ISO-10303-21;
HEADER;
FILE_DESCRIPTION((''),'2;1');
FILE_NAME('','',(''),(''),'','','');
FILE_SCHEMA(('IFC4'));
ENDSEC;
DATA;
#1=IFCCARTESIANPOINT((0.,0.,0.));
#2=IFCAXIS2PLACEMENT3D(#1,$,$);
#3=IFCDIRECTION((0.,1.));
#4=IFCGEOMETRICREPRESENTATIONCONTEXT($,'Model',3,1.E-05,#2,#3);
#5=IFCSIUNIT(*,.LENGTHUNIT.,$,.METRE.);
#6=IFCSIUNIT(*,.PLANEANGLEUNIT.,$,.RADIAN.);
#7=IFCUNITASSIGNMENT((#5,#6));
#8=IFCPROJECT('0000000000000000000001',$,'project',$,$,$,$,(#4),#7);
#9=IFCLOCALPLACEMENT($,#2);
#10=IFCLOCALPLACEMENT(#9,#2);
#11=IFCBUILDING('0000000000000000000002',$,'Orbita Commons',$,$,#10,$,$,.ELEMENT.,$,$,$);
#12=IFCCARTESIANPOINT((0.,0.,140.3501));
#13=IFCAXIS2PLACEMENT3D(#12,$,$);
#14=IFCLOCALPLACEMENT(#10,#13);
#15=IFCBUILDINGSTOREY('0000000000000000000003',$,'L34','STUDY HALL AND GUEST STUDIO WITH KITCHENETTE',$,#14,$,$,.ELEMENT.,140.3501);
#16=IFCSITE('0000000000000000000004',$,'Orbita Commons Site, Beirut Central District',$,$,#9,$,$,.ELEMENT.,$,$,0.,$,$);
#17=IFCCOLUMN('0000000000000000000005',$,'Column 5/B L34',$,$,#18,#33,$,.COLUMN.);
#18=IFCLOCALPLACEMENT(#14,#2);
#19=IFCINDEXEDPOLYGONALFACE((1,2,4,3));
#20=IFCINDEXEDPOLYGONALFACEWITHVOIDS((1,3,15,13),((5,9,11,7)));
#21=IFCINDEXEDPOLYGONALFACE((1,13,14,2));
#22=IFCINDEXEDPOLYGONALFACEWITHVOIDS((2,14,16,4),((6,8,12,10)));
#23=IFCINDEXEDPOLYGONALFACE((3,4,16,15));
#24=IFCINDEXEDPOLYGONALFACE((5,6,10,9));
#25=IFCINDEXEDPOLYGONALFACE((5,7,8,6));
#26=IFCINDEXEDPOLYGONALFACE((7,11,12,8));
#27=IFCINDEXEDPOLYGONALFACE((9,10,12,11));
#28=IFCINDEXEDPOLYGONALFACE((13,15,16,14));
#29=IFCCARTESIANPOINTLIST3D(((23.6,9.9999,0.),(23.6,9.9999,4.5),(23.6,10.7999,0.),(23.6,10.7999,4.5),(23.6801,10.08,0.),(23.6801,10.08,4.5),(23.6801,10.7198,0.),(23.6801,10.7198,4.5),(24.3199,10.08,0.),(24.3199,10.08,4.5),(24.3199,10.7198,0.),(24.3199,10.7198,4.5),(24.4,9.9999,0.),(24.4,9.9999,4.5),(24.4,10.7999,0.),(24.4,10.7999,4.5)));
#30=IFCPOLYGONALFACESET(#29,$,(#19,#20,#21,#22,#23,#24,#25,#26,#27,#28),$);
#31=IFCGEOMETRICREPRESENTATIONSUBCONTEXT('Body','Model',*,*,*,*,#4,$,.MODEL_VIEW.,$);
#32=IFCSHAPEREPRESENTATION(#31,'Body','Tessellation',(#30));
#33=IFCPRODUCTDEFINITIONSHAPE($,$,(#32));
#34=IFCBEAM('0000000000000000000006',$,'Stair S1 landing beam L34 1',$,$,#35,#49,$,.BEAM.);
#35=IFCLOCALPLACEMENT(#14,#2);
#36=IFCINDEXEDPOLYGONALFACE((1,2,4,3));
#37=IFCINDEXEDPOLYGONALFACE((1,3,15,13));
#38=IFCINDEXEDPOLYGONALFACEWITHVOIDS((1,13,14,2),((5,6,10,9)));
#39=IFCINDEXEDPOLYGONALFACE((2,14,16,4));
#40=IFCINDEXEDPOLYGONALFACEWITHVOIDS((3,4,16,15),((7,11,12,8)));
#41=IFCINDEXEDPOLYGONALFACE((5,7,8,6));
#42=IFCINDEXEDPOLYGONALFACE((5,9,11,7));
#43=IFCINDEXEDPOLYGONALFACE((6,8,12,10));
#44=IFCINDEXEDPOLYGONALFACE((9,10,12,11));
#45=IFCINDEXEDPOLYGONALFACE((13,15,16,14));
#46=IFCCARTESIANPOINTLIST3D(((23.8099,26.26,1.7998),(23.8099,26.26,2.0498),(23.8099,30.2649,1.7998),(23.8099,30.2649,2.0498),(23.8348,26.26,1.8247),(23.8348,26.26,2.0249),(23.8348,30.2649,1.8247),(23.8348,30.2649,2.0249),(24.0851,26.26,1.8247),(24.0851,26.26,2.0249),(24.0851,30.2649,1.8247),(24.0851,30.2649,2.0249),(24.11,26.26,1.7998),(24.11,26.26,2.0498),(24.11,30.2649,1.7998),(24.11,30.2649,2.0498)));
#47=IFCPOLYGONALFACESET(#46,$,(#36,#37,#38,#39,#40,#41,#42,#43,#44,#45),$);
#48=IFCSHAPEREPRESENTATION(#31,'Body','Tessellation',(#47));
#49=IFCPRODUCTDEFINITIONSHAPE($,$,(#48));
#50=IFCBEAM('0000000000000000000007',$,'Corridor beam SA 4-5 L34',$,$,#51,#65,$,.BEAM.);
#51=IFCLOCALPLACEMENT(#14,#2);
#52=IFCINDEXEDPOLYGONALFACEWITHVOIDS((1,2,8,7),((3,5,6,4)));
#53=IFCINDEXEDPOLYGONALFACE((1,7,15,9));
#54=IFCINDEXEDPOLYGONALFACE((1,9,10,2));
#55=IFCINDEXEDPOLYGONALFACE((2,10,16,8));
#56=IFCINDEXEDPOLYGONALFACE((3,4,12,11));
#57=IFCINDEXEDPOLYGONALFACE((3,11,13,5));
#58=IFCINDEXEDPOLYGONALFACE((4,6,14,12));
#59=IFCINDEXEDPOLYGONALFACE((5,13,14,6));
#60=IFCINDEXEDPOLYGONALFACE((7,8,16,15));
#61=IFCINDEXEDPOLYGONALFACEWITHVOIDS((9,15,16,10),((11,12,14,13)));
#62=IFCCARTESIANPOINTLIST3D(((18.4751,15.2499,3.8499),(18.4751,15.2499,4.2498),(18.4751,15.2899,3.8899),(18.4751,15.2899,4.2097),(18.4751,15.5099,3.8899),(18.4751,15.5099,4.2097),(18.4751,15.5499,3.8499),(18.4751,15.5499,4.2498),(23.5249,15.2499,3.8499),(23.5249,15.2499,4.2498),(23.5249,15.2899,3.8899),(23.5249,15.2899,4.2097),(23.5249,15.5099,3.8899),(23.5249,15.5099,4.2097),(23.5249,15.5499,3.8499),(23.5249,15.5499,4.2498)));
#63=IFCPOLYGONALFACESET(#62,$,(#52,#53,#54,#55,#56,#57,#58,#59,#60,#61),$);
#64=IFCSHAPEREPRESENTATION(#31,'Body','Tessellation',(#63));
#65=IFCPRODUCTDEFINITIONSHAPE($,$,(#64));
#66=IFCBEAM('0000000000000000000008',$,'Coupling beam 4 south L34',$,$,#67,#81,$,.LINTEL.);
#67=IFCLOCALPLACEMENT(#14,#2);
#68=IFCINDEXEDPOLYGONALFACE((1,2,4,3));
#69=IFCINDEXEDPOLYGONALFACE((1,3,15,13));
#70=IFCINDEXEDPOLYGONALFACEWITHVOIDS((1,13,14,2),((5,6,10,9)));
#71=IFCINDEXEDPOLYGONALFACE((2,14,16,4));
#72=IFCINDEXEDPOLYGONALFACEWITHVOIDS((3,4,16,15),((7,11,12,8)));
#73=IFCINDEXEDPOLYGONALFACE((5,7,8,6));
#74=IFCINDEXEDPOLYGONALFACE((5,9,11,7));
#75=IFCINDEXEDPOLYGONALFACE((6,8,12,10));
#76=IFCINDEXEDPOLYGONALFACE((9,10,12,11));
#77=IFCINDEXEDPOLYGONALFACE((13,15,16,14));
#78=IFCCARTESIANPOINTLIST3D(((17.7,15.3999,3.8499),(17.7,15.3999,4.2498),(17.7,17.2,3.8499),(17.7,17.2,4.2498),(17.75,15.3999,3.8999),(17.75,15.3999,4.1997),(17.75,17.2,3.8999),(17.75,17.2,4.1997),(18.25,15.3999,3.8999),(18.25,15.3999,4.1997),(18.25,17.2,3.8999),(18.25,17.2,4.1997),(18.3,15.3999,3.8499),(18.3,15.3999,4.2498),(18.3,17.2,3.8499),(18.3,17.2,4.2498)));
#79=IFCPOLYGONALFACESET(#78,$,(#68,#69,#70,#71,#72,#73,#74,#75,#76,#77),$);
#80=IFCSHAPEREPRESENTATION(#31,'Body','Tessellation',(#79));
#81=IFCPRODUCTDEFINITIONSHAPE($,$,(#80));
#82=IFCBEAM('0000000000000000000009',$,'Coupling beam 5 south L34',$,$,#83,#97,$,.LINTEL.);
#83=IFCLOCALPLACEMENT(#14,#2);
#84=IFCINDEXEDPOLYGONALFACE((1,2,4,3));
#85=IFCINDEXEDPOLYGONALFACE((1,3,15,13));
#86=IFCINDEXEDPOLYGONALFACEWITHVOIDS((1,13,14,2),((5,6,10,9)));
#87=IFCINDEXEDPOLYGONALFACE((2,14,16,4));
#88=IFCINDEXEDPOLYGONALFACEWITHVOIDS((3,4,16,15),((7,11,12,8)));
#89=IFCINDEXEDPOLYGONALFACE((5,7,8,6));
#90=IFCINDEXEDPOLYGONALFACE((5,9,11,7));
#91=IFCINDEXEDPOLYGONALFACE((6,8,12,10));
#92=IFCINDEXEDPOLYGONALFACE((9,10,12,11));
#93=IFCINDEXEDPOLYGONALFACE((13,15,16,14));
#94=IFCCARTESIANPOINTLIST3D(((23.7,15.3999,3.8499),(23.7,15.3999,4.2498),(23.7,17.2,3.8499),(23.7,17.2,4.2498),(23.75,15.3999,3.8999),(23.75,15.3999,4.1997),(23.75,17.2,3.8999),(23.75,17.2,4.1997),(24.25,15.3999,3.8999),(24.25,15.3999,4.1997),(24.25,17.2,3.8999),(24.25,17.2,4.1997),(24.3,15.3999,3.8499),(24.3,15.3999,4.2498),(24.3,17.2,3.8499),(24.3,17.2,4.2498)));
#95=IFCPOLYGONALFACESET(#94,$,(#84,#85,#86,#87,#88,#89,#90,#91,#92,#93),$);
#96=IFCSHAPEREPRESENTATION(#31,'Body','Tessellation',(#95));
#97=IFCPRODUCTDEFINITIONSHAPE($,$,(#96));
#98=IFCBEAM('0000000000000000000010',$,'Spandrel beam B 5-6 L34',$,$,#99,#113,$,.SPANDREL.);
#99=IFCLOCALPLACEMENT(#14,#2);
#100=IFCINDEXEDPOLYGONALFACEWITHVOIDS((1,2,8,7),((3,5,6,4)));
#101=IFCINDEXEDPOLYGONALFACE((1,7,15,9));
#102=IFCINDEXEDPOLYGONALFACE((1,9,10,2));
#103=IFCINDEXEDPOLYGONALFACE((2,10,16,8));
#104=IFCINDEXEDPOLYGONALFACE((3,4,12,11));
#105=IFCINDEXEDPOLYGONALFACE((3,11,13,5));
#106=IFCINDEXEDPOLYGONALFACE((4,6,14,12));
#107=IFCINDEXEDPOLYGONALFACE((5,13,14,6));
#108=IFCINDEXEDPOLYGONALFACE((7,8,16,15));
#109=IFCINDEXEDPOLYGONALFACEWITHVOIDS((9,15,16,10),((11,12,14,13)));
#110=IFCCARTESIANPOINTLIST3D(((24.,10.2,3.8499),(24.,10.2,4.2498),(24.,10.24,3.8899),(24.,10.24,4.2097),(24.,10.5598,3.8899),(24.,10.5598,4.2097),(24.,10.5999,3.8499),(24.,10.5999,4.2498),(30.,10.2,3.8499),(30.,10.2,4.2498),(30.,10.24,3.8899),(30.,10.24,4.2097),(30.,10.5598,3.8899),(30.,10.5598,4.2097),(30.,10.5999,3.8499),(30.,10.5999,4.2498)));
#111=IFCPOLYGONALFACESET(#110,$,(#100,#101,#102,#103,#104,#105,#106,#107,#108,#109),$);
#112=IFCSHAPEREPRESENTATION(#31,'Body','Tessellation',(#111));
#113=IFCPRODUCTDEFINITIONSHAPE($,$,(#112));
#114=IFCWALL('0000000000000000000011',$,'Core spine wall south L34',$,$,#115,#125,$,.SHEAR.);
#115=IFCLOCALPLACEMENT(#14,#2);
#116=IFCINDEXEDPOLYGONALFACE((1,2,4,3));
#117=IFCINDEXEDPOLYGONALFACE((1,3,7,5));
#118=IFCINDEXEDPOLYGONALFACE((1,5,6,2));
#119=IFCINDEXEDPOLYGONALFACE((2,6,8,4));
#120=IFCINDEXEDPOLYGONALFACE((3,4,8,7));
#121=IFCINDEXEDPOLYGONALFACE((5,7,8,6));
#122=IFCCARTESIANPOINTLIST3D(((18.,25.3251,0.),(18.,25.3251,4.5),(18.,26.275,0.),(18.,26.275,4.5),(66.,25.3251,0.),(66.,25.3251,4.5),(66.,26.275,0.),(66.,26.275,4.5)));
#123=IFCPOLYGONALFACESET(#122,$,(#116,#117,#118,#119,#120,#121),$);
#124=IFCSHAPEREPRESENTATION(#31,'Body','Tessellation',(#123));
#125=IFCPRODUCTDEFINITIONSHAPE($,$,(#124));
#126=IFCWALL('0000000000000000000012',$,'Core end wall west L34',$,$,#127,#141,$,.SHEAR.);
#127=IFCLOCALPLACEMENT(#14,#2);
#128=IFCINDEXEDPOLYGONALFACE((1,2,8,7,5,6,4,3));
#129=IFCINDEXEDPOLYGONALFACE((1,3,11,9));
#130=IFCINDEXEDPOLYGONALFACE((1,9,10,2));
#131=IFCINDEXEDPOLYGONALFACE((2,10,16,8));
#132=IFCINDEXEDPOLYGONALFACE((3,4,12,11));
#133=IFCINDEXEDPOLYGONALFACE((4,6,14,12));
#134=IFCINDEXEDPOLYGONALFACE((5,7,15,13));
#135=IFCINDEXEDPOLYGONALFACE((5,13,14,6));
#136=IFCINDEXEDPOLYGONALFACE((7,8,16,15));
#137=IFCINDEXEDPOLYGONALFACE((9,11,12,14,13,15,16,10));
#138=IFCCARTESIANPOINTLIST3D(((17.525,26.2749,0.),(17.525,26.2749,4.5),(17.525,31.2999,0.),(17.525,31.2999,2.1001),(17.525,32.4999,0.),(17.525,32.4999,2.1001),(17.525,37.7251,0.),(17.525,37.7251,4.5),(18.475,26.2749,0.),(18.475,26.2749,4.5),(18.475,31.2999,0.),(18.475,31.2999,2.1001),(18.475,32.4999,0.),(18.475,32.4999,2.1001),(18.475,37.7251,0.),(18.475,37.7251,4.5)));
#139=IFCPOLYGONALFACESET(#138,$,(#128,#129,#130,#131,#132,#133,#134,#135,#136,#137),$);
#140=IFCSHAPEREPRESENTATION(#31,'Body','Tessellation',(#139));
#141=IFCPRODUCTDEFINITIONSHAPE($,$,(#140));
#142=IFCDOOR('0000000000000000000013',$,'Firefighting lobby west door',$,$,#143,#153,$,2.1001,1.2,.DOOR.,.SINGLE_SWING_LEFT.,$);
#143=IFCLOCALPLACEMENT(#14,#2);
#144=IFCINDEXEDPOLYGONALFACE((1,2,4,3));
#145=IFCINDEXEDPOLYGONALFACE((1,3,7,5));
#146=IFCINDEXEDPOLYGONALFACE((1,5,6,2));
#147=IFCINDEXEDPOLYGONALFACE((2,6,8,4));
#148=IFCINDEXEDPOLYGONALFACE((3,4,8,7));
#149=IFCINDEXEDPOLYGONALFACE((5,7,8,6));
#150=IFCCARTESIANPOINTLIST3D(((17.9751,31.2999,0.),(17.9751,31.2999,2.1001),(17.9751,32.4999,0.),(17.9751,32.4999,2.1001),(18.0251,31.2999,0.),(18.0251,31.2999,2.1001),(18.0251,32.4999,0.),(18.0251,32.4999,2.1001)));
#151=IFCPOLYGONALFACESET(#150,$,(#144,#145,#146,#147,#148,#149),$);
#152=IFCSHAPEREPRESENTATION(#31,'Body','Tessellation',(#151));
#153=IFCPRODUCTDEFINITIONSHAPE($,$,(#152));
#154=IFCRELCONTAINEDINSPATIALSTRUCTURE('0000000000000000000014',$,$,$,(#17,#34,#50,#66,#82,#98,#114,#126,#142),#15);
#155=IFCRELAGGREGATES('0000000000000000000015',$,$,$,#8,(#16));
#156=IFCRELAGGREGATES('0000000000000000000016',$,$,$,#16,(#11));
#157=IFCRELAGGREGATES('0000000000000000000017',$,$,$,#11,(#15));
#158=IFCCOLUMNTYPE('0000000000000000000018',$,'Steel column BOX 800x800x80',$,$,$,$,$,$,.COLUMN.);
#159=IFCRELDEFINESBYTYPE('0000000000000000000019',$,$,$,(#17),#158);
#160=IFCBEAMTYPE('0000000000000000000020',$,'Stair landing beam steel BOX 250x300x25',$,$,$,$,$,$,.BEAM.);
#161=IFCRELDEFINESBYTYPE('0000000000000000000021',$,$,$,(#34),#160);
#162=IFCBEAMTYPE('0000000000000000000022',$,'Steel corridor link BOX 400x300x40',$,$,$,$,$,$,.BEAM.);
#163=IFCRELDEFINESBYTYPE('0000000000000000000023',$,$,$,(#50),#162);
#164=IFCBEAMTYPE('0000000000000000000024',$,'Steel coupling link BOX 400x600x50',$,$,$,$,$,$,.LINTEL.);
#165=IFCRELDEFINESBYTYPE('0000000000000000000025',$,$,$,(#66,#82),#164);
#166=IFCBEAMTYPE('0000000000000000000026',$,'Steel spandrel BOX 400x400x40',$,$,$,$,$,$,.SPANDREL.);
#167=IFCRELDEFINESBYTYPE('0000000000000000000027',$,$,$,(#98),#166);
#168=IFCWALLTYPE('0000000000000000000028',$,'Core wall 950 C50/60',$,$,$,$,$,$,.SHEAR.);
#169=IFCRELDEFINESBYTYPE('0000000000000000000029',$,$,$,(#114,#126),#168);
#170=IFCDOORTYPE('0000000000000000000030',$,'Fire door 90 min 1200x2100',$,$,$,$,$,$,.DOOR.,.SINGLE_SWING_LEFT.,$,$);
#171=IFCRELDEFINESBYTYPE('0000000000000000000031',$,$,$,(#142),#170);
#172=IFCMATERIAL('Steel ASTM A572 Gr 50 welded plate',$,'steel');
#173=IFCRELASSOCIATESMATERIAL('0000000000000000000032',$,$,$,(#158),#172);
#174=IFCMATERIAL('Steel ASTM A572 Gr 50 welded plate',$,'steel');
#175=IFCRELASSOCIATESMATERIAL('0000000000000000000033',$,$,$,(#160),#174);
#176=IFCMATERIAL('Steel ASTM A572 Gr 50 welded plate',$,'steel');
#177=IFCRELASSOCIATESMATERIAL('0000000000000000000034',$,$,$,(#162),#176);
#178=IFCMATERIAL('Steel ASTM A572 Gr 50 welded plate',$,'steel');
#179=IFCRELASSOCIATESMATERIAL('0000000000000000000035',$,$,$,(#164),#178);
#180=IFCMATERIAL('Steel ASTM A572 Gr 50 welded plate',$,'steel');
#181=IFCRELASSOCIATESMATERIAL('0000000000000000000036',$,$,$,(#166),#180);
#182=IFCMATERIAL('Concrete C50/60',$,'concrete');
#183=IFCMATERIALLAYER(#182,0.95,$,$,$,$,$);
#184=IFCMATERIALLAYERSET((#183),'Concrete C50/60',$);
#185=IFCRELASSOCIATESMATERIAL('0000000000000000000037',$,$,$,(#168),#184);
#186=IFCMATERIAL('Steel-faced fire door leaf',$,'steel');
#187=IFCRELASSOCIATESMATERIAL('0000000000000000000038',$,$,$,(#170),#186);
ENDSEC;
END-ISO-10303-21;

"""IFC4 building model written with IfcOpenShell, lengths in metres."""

from ifc_helpers import new_model, si_unit, direction, frame, frame_2d, origin, origin_2d, place, context, subcontext, project, spatial, rectangle, hollow_rectangle, extrude, material, layer, layer_set, material_profile, profile_set, type_object, element, fill, save


model = new_model("IFC4")

# Units and contexts
model_context = context("Model", 3, precision=1e-05, world=origin(), true_north=direction((0.0, 1.0)))
body_context = subcontext(model_context, "Body", "Model", "MODEL_VIEW")
ifc_project = project(units=[si_unit("LENGTHUNIT", "METRE"), si_unit("PLANEANGLEUNIT", "RADIAN")], contexts=[model_context])

# Site, building, storey
site_placement = place(None, origin())
site = spatial("IfcSite", under=ifc_project, at=site_placement, Name="Orbita Commons Site, Beirut Central District", CompositionType="ELEMENT", RefElevation=0.0)
building_placement = place(site_placement, origin())
building = spatial("IfcBuilding", under=site, at=building_placement, Name="Orbita Commons", CompositionType="ELEMENT")
storey_placement = place(building_placement, frame((0.0, 0.0, 140.3501)))
storey = spatial("IfcBuildingStorey", under=building, at=storey_placement, Name="L34", Description="STUDY HALL AND GUEST STUDIO WITH KITCHENETTE", CompositionType="ELEMENT", Elevation=140.3501)

# Column
ifc_material_1 = material(Name="Steel ASTM A572 Gr 50 welded plate", Category="steel")
ifc_material_profile_1 = material_profile(ifc_material_1, hollow_rectangle(XDim=0.8, YDim=0.8, WallThickness=0.0801, at=origin_2d()), Name="BOX 800x800x80")
ifc_profile_set_1 = profile_set([ifc_material_profile_1], Name="Steel ASTM A572 Gr 50 welded plate")
column_type = type_object("IfcColumnType", Name="Steel column BOX 800x800x80", PredefinedType="COLUMN", material=ifc_profile_set_1)
column_placement = place(storey_placement, frame((24.0, 10.3999, 0.0), z_axis=(0.0, 0.0, 1.0), x_axis=(1.0, 0.0, 0.0)))
element("IfcColumn", 1, at=column_placement, inside=storey, type_object=column_type, Name="Column 5/B L34", PredefinedType="COLUMN", context=body_context, shape_type="SweptSolid", body=[
    extrude(hollow_rectangle(XDim=0.8, YDim=0.8, WallThickness=0.0801, at=origin_2d()), origin(), (0.0, 0.0, 1.0), 4.5),
])

# Beams
ifc_material_2 = material(Name="Steel ASTM A572 Gr 50 welded plate", Category="steel")
ifc_material_profile_2 = material_profile(ifc_material_2, hollow_rectangle(XDim=0.3, YDim=0.25, WallThickness=0.0249, at=origin_2d()), Name="BOX 250x300x25")
ifc_profile_set_2 = profile_set([ifc_material_profile_2], Name="Steel ASTM A572 Gr 50 welded plate")
beam_type_1 = type_object("IfcBeamType", Name="Stair landing beam steel BOX 250x300x25", PredefinedType="BEAM", material=ifc_profile_set_2)
beam_1_placement = place(storey_placement, frame((23.96, 26.26, 1.9248), z_axis=(0.0, 1.0, 0.0), x_axis=(-1.0, 0.0, 0.0)))
element("IfcBeam", 2, at=beam_1_placement, inside=storey, type_object=beam_type_1, Name="Stair S1 landing beam L34 1", PredefinedType="BEAM", context=body_context, shape_type="SweptSolid", body=[
    extrude(hollow_rectangle(XDim=0.3, YDim=0.25, WallThickness=0.0249, at=origin_2d()), origin(), (0.0, 0.0, 1.0), 4.0049),
])
ifc_material_3 = material(Name="Steel ASTM A572 Gr 50 welded plate", Category="steel")
ifc_material_profile_3 = material_profile(ifc_material_3, hollow_rectangle(XDim=0.3, YDim=0.3999, WallThickness=0.04, at=origin_2d()), Name="BOX 400x300x40")
ifc_profile_set_3 = profile_set([ifc_material_profile_3], Name="Steel ASTM A572 Gr 50 welded plate")
beam_type_2 = type_object("IfcBeamType", Name="Steel corridor link BOX 400x300x40", PredefinedType="BEAM", material=ifc_profile_set_3)
beam_2_placement = place(storey_placement, frame((18.4751, 15.3999, 4.0498), z_axis=(1.0, 0.0, 0.0), x_axis=(0.0, 1.0, 0.0)))
element("IfcBeam", 3, at=beam_2_placement, inside=storey, type_object=beam_type_2, Name="Corridor beam SA 4-5 L34", PredefinedType="BEAM", context=body_context, shape_type="SweptSolid", body=[
    extrude(hollow_rectangle(XDim=0.3, YDim=0.3999, WallThickness=0.04, at=origin_2d()), origin(), (0.0, 0.0, 1.0), 5.0498),
])
ifc_material_4 = material(Name="Steel ASTM A572 Gr 50 welded plate", Category="steel")
ifc_material_profile_4 = material_profile(ifc_material_4, hollow_rectangle(XDim=0.6001, YDim=0.3999, WallThickness=0.05, at=origin_2d()), Name="BOX 400x600x50")
ifc_profile_set_4 = profile_set([ifc_material_profile_4], Name="Steel ASTM A572 Gr 50 welded plate")
beam_type_3 = type_object("IfcBeamType", Name="Steel coupling link BOX 400x600x50", PredefinedType="LINTEL", material=ifc_profile_set_4)
for number, where, z_axis, x_axis, name in (
    (4, (18.0, 15.3999, 4.0498), (0.0, 1.0, 0.0), (-1.0, 0.0, 0.0), "Coupling beam 4 south L34"),
    (5, (24.0, 15.3999, 4.0498), (0.0, 1.0, 0.0), (-1.0, 0.0, 0.0), "Coupling beam 5 south L34"),
):
    element("IfcBeam", number, at=place(storey_placement, frame(where, z_axis=z_axis, x_axis=x_axis)), inside=storey, type_object=beam_type_3, Name=name, PredefinedType="LINTEL", context=body_context, shape_type="SweptSolid", body=[
        extrude(hollow_rectangle(XDim=0.6001, YDim=0.3999, WallThickness=0.05, at=origin_2d()), origin(), (0.0, 0.0, 1.0), 1.8),
    ])
ifc_material_5 = material(Name="Steel ASTM A572 Gr 50 welded plate", Category="steel")
ifc_material_profile_5 = material_profile(ifc_material_5, hollow_rectangle(XDim=0.3999, YDim=0.3999, WallThickness=0.04, at=origin_2d()), Name="BOX 400x400x40")
ifc_profile_set_5 = profile_set([ifc_material_profile_5], Name="Steel ASTM A572 Gr 50 welded plate")
beam_type_4 = type_object("IfcBeamType", Name="Steel spandrel BOX 400x400x40", PredefinedType="SPANDREL", material=ifc_profile_set_5)
beam_3_placement = place(storey_placement, frame((24.0, 10.3999, 4.0498), z_axis=(1.0, 0.0, 0.0), x_axis=(0.0, 1.0, 0.0)))
element("IfcBeam", 6, at=beam_3_placement, inside=storey, type_object=beam_type_4, Name="Spandrel beam B 5-6 L34", PredefinedType="SPANDREL", context=body_context, shape_type="SweptSolid", body=[
    extrude(hollow_rectangle(XDim=0.3999, YDim=0.3999, WallThickness=0.04, at=origin_2d()), origin(), (0.0, 0.0, 1.0), 6.0),
])

# Wall
ifc_material_6 = material(Name="Concrete C50/60", Category="concrete")
ifc_layer_1 = layer(ifc_material_6, 0.95)
ifc_layer_set_1 = layer_set([ifc_layer_1], Name="Concrete C50/60")
wall_type_1 = type_object("IfcWallType", Name="Core wall 950 C50/60", PredefinedType="SHEAR", material=ifc_layer_set_1)
wall_1_placement = place(storey_placement, frame((18.0, 25.8, 0.0), z_axis=(0.0, 0.0, 1.0), x_axis=(1.0, 0.0, 0.0)))
element("IfcWall", 7, at=wall_1_placement, inside=storey, type_object=wall_type_1, Name="Core spine wall south L34", PredefinedType="SHEAR", context=body_context, shape_type="SweptSolid", body=[
    extrude(rectangle(XDim=48.0, YDim=0.95, at=frame_2d((24.0, 0.0))), origin(), (0.0, 0.0, 1.0), 4.5),
])

# Wall, opening, door
wall_2_placement = place(storey_placement, frame((18.0, 26.2749, 0.0), z_axis=(0.0, 0.0, 1.0), x_axis=(0.0, 1.0, 0.0)))
wall_2 = element("IfcWall", 8, at=wall_2_placement, inside=storey, type_object=wall_type_1, Name="Core end wall west L34", PredefinedType="SHEAR", context=body_context, shape_type="SweptSolid", body=[
    extrude(rectangle(XDim=11.4502, YDim=0.95, at=frame_2d((5.7251, 0.0))), origin(), (0.0, 0.0, 1.0), 4.5),
])
opening_1_placement = place(wall_2_placement, frame((5.0249, 0.0, 0.0)))
opening_1 = element("IfcOpeningElement", 9, at=opening_1_placement, cuts=wall_2, PredefinedType="OPENING", context=body_context, shape_type="SweptSolid", body=[
    extrude(rectangle(XDim=1.2, YDim=2.1001, at=frame_2d((0.6001, 1.05))), frame((0.0, 0.4849, 0.0), z_axis=(0.0, -1.0, 0.0), x_axis=(1.0, 0.0, 0.0)), (0.0, 0.0, 1.0), 0.97),
])
ifc_material_7 = material(Name="Steel-faced fire door leaf", Category="steel")
door_type_1 = type_object("IfcDoorType", Name="Fire door 90 min 1200x2100", OperationType="SINGLE_SWING_LEFT", PredefinedType="DOOR", material=ifc_material_7)
door_1_placement = place(opening_1_placement, origin())
door_1 = element("IfcDoor", 10, at=door_1_placement, inside=storey, type_object=door_type_1, Name="Firefighting lobby west door", OperationType="SINGLE_SWING_LEFT", OverallHeight=2.1001, OverallWidth=1.2, PredefinedType="DOOR", context=body_context, shape_type="SweptSolid", body=[
    extrude(rectangle(XDim=1.2, YDim=2.1001, at=frame_2d((0.6001, 1.05))), frame((0.0, 0.0249, 0.0), z_axis=(0.0, -1.0, 0.0), x_axis=(1.0, 0.0, 0.0)), (0.0, 0.0, 1.0), 0.05),
])
fill(opening_1, door_1)

save(model, "model.ifc")
